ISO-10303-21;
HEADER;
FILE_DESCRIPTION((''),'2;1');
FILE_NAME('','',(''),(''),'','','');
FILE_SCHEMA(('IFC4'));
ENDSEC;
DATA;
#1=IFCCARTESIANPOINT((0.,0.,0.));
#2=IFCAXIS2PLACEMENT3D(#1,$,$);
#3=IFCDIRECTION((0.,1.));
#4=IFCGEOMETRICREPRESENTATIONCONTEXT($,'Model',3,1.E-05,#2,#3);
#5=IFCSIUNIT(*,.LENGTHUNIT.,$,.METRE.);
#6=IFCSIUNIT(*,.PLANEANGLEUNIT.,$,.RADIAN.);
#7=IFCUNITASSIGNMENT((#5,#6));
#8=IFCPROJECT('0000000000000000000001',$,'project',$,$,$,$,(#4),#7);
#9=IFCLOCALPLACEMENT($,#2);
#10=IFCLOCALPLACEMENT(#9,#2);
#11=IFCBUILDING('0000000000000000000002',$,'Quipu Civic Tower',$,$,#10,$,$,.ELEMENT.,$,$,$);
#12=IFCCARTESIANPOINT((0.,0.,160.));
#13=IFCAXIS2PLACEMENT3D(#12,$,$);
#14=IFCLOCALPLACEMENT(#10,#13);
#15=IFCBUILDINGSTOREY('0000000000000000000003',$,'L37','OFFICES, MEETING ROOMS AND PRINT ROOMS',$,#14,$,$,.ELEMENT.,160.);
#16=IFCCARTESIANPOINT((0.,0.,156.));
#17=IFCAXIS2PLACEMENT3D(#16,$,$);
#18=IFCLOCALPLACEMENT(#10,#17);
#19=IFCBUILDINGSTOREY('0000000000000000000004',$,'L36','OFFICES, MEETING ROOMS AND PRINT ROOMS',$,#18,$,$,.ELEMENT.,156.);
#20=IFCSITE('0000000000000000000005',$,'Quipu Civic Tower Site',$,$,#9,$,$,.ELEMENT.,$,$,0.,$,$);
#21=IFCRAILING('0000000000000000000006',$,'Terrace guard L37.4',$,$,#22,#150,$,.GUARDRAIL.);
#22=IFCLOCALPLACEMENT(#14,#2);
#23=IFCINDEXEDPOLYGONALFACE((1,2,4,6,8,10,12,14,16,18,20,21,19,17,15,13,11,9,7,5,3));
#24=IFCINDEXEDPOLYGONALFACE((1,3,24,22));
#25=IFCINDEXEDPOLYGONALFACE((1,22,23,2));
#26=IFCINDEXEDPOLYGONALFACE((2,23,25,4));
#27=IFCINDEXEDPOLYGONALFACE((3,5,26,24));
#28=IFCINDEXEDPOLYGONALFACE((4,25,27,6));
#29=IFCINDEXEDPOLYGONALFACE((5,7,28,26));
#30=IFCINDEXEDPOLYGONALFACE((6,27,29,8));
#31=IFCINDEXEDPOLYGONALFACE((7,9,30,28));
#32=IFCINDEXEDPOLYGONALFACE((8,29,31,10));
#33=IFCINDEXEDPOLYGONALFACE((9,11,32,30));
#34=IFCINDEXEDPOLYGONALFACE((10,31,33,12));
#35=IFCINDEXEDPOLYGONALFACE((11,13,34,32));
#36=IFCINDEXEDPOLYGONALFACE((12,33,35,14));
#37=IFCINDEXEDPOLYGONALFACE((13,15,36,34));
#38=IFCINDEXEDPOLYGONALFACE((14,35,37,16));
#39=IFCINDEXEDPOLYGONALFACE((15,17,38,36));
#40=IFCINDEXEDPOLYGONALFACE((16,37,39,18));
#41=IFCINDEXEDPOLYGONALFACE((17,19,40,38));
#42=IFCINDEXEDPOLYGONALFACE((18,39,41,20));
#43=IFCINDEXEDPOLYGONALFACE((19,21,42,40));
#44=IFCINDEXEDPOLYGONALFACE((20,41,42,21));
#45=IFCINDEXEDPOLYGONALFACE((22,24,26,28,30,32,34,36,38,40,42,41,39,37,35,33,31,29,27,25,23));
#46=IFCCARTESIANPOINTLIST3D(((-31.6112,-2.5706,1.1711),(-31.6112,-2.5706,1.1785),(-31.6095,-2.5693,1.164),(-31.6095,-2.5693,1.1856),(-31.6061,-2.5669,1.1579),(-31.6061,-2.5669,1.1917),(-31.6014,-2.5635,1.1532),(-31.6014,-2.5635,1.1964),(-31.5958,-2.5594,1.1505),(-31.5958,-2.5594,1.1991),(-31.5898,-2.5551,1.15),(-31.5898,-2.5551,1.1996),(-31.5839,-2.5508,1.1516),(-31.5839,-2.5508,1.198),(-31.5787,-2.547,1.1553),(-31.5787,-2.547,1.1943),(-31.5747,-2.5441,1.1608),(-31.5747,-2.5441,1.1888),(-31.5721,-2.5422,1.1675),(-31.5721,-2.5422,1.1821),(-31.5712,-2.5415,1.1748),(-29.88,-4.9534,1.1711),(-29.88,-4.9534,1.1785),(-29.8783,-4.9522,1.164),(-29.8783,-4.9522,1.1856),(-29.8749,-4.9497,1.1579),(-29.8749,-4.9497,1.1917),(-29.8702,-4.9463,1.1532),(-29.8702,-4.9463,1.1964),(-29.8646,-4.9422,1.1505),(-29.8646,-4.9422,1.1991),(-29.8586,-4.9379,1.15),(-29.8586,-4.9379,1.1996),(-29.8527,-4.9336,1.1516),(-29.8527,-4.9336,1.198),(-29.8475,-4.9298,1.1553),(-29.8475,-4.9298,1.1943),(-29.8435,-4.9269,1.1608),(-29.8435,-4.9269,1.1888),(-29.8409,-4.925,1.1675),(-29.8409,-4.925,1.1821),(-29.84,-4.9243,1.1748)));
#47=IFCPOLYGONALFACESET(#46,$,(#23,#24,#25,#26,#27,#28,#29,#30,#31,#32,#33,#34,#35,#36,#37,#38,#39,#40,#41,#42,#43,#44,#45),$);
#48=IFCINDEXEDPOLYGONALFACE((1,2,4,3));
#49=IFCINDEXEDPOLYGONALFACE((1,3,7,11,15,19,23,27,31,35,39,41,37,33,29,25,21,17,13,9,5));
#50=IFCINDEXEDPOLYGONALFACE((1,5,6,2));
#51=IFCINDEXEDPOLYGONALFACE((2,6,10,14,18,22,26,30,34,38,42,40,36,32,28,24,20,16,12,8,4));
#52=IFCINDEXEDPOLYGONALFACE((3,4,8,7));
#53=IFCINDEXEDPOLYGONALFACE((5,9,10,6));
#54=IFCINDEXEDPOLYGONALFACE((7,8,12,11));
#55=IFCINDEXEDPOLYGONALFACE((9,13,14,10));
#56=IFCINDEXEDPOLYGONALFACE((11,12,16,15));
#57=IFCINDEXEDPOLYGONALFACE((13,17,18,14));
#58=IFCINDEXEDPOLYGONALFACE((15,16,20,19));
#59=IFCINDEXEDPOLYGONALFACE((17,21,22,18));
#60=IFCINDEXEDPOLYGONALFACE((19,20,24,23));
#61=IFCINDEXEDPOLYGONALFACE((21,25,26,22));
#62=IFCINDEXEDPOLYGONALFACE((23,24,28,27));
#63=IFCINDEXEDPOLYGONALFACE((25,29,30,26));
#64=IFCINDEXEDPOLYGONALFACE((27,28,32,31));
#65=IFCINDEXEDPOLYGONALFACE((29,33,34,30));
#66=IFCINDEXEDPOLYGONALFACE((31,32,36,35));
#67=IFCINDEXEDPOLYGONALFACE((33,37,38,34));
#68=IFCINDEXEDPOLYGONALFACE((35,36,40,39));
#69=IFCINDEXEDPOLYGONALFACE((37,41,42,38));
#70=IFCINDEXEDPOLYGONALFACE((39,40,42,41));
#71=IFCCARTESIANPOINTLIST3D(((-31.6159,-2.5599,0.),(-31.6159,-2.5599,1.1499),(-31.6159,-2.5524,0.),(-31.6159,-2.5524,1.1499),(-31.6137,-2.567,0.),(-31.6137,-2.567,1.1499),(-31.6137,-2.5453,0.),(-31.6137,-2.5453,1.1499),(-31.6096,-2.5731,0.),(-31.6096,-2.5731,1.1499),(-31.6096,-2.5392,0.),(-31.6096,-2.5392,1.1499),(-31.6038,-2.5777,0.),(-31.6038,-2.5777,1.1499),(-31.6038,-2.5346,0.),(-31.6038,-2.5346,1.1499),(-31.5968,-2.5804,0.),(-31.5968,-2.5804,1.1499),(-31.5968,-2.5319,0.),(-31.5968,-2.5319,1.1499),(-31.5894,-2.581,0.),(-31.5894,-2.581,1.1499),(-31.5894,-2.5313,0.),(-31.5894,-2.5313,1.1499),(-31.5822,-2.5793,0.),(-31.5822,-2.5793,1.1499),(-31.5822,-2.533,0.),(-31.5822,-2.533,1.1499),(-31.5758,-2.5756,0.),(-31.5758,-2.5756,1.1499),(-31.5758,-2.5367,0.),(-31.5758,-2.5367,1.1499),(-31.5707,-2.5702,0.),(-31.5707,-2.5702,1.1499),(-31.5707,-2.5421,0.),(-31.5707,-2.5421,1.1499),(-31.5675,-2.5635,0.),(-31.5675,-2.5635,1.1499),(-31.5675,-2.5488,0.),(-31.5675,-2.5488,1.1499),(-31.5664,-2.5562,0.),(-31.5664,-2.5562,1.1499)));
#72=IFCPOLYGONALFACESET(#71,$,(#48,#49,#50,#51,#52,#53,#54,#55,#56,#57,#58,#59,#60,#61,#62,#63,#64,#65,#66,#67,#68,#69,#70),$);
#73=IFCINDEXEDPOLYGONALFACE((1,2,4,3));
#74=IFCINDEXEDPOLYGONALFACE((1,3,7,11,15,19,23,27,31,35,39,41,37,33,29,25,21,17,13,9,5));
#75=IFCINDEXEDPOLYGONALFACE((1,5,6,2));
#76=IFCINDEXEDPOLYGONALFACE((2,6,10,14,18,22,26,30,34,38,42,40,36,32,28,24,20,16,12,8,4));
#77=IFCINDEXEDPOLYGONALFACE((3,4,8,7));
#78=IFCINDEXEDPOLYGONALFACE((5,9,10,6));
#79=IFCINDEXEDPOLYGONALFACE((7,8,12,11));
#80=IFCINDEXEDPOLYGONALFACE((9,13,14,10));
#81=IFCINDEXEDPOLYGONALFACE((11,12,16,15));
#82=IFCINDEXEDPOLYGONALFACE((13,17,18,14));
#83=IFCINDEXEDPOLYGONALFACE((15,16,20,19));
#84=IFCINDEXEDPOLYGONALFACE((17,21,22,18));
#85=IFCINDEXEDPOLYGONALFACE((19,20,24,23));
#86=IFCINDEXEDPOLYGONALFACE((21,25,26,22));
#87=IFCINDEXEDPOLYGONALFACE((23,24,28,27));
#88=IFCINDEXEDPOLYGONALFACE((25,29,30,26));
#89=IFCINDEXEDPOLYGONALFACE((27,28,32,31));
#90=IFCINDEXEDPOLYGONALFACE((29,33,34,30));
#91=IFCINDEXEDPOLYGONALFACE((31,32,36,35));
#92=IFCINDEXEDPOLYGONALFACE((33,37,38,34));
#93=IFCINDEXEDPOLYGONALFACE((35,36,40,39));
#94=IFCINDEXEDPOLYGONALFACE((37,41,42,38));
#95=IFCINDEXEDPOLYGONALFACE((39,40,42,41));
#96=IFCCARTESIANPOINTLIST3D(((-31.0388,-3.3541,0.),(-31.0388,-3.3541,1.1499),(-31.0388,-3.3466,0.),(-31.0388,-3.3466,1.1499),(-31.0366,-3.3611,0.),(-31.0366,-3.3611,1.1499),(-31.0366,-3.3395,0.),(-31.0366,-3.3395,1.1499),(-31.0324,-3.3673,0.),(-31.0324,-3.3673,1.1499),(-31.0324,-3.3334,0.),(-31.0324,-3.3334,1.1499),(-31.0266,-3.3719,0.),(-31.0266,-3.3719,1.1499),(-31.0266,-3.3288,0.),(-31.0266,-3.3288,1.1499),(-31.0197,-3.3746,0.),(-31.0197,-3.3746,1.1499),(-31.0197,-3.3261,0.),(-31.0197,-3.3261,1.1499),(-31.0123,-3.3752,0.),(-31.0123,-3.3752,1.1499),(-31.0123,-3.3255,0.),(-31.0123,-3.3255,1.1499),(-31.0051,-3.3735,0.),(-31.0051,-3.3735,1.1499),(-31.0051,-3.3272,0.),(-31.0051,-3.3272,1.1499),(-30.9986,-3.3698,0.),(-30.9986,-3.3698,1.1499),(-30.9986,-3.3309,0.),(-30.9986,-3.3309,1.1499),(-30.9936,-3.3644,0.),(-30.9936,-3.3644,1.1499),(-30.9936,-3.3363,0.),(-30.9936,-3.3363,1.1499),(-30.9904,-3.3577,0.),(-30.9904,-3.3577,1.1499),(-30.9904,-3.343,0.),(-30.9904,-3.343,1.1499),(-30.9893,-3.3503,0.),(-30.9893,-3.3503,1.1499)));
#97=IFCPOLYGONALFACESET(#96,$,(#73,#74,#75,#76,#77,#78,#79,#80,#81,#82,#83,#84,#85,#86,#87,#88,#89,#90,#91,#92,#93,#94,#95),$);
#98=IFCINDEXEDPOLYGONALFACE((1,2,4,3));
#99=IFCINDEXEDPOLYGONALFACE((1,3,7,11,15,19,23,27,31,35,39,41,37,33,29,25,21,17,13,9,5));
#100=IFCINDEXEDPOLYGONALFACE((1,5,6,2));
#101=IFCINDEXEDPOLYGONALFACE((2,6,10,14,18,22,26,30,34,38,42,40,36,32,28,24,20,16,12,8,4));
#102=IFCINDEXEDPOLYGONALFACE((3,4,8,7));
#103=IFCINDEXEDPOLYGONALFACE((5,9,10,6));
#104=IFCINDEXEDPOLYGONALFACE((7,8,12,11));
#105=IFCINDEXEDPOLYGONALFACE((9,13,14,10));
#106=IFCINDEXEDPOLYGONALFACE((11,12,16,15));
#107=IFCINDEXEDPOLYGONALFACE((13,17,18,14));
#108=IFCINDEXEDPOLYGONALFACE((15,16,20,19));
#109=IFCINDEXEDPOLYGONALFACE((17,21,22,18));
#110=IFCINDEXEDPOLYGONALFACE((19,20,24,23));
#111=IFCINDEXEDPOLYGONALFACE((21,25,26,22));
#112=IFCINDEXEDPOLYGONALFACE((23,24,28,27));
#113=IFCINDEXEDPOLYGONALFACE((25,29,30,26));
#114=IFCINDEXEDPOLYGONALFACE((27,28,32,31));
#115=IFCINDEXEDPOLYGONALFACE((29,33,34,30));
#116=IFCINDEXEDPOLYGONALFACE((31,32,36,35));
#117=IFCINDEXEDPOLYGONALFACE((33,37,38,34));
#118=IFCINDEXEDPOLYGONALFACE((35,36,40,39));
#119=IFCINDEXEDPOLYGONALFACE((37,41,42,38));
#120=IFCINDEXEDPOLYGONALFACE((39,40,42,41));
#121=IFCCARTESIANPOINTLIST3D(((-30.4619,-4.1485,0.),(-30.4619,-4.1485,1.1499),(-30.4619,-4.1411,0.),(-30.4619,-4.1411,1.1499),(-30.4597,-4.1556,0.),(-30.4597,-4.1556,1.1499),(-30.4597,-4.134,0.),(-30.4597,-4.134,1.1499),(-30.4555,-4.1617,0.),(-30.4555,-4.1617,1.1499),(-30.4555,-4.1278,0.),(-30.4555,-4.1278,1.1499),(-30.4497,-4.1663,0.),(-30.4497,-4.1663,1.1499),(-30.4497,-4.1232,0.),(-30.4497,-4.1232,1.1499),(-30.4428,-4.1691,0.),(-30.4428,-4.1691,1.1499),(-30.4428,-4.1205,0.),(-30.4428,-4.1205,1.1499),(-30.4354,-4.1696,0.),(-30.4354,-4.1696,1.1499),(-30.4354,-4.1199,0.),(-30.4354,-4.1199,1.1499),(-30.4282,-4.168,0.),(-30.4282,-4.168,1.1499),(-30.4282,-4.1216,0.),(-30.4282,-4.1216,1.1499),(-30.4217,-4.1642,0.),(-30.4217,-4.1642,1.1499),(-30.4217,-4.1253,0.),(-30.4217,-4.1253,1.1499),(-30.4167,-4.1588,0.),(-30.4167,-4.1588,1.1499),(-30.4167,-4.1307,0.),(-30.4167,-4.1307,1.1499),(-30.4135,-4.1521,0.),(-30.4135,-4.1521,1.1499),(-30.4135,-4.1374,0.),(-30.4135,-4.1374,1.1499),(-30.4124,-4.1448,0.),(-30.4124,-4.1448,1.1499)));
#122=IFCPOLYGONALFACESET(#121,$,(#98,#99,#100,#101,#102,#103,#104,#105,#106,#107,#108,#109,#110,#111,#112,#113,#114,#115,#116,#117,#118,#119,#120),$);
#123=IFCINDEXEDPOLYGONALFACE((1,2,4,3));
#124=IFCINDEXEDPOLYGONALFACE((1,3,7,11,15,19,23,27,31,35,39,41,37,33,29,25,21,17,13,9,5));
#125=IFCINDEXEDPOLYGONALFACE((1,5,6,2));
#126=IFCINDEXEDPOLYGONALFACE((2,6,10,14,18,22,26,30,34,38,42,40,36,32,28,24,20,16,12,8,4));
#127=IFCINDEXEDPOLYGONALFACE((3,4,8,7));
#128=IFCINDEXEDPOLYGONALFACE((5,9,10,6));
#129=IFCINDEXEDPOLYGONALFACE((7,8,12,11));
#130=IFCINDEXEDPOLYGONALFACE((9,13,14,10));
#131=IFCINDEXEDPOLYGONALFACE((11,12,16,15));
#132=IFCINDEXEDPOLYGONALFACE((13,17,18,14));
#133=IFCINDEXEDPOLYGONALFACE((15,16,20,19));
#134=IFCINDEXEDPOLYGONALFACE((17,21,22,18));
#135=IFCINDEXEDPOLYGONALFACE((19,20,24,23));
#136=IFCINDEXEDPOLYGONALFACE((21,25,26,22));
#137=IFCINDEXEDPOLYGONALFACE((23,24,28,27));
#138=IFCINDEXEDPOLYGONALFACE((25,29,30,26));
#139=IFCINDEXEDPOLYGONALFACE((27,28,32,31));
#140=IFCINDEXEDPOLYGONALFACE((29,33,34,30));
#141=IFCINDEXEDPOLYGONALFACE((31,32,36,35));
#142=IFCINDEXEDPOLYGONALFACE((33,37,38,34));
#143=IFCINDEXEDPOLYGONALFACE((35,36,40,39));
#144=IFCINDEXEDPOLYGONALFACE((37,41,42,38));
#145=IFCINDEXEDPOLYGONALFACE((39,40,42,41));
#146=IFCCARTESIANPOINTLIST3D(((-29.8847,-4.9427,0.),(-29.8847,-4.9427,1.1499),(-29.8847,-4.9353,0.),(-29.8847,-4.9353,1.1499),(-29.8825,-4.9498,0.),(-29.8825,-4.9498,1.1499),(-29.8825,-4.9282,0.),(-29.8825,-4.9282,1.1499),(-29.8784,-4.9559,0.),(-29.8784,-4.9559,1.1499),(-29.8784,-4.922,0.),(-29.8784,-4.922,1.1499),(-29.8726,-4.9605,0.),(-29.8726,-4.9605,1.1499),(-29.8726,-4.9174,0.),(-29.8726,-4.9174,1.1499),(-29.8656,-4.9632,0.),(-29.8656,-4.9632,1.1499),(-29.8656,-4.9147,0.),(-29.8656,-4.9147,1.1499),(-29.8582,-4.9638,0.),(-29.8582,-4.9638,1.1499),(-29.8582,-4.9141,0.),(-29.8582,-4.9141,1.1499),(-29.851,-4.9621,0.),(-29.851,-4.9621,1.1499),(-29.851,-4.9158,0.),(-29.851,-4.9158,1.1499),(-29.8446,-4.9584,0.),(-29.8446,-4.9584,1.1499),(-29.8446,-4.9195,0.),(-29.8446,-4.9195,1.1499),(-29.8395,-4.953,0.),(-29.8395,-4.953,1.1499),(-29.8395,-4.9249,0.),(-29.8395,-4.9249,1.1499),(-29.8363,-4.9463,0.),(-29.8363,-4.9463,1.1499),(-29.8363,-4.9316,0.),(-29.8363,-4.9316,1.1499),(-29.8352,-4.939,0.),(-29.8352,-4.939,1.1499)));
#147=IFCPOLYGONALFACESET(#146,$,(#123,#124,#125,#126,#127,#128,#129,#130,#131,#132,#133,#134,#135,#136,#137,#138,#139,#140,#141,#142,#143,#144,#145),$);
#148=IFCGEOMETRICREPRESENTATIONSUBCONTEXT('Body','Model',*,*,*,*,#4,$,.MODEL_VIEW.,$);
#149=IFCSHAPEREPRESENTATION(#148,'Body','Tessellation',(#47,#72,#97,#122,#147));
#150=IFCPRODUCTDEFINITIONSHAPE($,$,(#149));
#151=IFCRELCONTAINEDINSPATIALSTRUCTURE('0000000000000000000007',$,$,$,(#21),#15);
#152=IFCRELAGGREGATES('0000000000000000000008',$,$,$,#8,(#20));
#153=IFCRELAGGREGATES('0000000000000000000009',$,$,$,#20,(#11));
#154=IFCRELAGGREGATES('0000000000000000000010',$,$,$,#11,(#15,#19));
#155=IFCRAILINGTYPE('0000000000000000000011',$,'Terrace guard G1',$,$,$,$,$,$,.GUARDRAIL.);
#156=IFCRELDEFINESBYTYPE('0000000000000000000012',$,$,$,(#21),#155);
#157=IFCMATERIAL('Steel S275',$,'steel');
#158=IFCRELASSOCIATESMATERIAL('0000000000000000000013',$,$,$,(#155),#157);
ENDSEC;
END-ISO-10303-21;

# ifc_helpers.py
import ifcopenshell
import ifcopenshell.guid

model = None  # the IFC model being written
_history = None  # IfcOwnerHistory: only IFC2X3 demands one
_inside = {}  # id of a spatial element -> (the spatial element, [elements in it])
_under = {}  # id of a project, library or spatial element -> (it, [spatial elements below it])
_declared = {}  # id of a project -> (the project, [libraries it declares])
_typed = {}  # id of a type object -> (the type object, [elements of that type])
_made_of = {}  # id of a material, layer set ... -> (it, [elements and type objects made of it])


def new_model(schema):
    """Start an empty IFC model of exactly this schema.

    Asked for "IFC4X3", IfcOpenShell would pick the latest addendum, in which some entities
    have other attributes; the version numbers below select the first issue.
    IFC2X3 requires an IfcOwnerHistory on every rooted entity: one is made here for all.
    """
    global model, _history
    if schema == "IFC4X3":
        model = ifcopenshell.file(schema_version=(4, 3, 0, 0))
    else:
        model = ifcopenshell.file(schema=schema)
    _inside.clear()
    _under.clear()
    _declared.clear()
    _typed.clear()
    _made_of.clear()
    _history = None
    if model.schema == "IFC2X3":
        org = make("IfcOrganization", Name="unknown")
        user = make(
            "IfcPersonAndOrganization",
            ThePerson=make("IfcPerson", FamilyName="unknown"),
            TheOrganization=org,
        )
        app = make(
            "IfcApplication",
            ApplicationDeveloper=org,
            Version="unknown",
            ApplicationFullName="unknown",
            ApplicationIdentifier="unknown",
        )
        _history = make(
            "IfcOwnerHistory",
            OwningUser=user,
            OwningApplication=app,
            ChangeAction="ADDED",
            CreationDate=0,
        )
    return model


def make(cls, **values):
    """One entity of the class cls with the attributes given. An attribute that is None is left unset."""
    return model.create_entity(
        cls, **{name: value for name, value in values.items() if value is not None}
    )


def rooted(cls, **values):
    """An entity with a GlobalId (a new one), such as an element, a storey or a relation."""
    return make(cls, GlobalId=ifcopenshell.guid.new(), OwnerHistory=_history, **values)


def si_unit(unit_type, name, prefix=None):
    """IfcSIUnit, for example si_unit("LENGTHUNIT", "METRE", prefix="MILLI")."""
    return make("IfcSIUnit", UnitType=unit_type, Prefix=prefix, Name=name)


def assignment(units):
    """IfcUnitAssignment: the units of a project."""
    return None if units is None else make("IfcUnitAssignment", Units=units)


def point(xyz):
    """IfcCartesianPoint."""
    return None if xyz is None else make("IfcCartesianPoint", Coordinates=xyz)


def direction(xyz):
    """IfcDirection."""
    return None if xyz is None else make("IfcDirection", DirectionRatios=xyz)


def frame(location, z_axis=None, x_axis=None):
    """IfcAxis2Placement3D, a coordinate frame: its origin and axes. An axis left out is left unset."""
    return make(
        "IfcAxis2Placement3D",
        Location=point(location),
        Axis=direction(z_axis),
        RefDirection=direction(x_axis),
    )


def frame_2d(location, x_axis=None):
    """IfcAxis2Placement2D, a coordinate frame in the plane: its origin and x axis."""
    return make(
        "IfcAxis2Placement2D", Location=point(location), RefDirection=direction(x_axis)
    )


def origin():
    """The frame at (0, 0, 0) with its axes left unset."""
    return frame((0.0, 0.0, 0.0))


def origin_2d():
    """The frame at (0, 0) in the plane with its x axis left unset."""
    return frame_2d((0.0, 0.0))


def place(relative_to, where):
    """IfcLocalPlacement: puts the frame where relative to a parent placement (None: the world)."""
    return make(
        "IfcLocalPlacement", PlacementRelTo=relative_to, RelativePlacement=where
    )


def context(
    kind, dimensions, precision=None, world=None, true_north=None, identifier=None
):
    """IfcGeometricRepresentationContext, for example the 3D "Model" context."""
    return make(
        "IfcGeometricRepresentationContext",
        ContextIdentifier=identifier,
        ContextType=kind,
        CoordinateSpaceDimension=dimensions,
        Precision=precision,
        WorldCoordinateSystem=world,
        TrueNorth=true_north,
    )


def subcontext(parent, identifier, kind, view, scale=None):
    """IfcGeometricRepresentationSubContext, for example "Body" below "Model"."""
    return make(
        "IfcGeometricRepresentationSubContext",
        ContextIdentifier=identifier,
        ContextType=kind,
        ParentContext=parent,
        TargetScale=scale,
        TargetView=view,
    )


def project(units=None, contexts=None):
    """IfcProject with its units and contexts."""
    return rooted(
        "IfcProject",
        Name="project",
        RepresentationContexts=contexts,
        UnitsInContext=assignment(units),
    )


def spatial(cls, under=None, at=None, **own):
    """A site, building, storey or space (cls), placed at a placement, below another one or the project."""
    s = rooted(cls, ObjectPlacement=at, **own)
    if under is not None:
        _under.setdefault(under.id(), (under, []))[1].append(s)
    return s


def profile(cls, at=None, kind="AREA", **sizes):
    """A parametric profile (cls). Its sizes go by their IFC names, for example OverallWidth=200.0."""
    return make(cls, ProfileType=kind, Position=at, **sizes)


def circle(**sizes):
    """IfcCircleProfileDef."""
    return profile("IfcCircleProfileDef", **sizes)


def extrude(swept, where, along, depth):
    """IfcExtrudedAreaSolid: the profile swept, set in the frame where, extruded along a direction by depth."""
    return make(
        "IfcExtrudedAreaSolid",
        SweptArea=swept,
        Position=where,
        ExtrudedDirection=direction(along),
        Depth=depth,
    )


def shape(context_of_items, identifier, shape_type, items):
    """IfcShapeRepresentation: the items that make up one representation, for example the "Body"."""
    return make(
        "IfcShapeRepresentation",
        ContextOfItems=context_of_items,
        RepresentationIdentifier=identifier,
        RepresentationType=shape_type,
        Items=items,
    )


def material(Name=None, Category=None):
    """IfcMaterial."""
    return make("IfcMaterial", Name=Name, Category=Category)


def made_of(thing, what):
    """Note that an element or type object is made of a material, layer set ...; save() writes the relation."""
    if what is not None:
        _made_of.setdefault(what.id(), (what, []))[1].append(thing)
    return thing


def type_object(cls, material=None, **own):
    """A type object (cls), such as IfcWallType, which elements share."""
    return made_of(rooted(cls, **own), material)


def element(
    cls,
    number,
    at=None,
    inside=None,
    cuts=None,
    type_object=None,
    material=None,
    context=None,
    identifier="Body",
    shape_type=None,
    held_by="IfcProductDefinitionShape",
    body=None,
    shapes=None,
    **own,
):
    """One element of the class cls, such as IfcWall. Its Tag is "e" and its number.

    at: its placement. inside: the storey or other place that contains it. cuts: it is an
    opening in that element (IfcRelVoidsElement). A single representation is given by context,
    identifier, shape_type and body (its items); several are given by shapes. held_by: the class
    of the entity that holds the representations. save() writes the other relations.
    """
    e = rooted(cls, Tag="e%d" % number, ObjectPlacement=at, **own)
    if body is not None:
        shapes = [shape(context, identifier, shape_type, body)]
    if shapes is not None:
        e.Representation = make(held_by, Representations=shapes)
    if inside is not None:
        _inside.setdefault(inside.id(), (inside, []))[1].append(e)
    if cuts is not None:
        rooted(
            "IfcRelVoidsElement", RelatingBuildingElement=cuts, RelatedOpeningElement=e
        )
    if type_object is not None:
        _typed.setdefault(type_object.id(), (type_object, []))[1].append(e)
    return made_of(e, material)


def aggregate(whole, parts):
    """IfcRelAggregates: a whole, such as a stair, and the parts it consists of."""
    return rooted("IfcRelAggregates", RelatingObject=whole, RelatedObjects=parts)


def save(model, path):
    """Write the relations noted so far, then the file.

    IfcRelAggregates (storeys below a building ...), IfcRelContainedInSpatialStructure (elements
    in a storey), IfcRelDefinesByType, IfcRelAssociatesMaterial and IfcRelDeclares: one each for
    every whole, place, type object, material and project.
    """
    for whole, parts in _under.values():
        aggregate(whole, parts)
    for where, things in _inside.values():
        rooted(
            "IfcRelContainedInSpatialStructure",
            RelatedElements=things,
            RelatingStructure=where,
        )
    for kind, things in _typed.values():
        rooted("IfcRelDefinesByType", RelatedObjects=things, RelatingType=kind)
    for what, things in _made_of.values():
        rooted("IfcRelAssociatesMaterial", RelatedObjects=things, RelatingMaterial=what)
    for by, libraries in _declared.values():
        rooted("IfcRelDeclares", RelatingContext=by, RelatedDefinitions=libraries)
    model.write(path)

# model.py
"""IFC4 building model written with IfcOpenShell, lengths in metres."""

from ifc_helpers import new_model, si_unit, direction, frame, origin, origin_2d, place, context, subcontext, project, spatial, circle, extrude, material, type_object, element, save


model = new_model("IFC4")

# Units and contexts
model_context = context("Model", 3, precision=1e-05, world=origin(), true_north=direction((0.0, 1.0)))
body_context = subcontext(model_context, "Body", "Model", "MODEL_VIEW")
ifc_project = project(units=[si_unit("LENGTHUNIT", "METRE"), si_unit("PLANEANGLEUNIT", "RADIAN")], contexts=[model_context])

# Site, building, storey
site_placement = place(None, origin())
site = spatial("IfcSite", under=ifc_project, at=site_placement, Name="Quipu Civic Tower Site", CompositionType="ELEMENT", RefElevation=0.0)
building_placement = place(site_placement, origin())
building = spatial("IfcBuilding", under=site, at=building_placement, Name="Quipu Civic Tower", CompositionType="ELEMENT")
storey_1_placement = place(building_placement, frame((0.0, 0.0, 160.0)))
storey_1 = spatial("IfcBuildingStorey", under=building, at=storey_1_placement, Name="L37", Description="OFFICES, MEETING ROOMS AND PRINT ROOMS", CompositionType="ELEMENT", Elevation=160.0)

# Shared definitions
storey_2_placement = place(building_placement, frame((0.0, 0.0, 156.0)))
storey_2 = spatial("IfcBuildingStorey", under=building, at=storey_2_placement, Name="L36", Description="OFFICES, MEETING ROOMS AND PRINT ROOMS", CompositionType="ELEMENT", Elevation=156.0)

# Railing
ifc_material_1 = material(Name="Steel S275", Category="steel")
railing_type = type_object("IfcRailingType", Name="Terrace guard G1", PredefinedType="GUARDRAIL", material=ifc_material_1)
railing_1_placement = place(storey_1_placement, frame((-31.5913, -2.5562, 0.0)))
element("IfcRailing", 1, at=railing_1_placement, inside=storey_1, type_object=railing_type, Name="Terrace guard L37.4", PredefinedType="GUARDRAIL", context=body_context, shape_type="SweptSolid", body=[
    extrude(circle(Radius=0.0249, at=origin_2d()), frame((0.0, 0.0, 1.1748), z_axis=(0.587782, -0.809019, 0.0), x_axis=(0.809019, 0.587782, 0.0)), (0.0, 0.0, 1.0), 2.9453),
    extrude(circle(Radius=0.0249, at=origin_2d()), origin(), (0.0, 0.0, 1.0), 1.1499),
    extrude(circle(Radius=0.0249, at=origin_2d()), frame((0.5771, -0.7942, 0.0)), (0.0, 0.0, 1.0), 1.1499),
    extrude(circle(Radius=0.0249, at=origin_2d()), frame((1.1541, -1.5886, 0.0)), (0.0, 0.0, 1.0), 1.1499),
    extrude(circle(Radius=0.0249, at=origin_2d()), frame((1.7312, -2.3828, 0.0)), (0.0, 0.0, 1.0), 1.1499),
])

save(model, "model.ifc")
